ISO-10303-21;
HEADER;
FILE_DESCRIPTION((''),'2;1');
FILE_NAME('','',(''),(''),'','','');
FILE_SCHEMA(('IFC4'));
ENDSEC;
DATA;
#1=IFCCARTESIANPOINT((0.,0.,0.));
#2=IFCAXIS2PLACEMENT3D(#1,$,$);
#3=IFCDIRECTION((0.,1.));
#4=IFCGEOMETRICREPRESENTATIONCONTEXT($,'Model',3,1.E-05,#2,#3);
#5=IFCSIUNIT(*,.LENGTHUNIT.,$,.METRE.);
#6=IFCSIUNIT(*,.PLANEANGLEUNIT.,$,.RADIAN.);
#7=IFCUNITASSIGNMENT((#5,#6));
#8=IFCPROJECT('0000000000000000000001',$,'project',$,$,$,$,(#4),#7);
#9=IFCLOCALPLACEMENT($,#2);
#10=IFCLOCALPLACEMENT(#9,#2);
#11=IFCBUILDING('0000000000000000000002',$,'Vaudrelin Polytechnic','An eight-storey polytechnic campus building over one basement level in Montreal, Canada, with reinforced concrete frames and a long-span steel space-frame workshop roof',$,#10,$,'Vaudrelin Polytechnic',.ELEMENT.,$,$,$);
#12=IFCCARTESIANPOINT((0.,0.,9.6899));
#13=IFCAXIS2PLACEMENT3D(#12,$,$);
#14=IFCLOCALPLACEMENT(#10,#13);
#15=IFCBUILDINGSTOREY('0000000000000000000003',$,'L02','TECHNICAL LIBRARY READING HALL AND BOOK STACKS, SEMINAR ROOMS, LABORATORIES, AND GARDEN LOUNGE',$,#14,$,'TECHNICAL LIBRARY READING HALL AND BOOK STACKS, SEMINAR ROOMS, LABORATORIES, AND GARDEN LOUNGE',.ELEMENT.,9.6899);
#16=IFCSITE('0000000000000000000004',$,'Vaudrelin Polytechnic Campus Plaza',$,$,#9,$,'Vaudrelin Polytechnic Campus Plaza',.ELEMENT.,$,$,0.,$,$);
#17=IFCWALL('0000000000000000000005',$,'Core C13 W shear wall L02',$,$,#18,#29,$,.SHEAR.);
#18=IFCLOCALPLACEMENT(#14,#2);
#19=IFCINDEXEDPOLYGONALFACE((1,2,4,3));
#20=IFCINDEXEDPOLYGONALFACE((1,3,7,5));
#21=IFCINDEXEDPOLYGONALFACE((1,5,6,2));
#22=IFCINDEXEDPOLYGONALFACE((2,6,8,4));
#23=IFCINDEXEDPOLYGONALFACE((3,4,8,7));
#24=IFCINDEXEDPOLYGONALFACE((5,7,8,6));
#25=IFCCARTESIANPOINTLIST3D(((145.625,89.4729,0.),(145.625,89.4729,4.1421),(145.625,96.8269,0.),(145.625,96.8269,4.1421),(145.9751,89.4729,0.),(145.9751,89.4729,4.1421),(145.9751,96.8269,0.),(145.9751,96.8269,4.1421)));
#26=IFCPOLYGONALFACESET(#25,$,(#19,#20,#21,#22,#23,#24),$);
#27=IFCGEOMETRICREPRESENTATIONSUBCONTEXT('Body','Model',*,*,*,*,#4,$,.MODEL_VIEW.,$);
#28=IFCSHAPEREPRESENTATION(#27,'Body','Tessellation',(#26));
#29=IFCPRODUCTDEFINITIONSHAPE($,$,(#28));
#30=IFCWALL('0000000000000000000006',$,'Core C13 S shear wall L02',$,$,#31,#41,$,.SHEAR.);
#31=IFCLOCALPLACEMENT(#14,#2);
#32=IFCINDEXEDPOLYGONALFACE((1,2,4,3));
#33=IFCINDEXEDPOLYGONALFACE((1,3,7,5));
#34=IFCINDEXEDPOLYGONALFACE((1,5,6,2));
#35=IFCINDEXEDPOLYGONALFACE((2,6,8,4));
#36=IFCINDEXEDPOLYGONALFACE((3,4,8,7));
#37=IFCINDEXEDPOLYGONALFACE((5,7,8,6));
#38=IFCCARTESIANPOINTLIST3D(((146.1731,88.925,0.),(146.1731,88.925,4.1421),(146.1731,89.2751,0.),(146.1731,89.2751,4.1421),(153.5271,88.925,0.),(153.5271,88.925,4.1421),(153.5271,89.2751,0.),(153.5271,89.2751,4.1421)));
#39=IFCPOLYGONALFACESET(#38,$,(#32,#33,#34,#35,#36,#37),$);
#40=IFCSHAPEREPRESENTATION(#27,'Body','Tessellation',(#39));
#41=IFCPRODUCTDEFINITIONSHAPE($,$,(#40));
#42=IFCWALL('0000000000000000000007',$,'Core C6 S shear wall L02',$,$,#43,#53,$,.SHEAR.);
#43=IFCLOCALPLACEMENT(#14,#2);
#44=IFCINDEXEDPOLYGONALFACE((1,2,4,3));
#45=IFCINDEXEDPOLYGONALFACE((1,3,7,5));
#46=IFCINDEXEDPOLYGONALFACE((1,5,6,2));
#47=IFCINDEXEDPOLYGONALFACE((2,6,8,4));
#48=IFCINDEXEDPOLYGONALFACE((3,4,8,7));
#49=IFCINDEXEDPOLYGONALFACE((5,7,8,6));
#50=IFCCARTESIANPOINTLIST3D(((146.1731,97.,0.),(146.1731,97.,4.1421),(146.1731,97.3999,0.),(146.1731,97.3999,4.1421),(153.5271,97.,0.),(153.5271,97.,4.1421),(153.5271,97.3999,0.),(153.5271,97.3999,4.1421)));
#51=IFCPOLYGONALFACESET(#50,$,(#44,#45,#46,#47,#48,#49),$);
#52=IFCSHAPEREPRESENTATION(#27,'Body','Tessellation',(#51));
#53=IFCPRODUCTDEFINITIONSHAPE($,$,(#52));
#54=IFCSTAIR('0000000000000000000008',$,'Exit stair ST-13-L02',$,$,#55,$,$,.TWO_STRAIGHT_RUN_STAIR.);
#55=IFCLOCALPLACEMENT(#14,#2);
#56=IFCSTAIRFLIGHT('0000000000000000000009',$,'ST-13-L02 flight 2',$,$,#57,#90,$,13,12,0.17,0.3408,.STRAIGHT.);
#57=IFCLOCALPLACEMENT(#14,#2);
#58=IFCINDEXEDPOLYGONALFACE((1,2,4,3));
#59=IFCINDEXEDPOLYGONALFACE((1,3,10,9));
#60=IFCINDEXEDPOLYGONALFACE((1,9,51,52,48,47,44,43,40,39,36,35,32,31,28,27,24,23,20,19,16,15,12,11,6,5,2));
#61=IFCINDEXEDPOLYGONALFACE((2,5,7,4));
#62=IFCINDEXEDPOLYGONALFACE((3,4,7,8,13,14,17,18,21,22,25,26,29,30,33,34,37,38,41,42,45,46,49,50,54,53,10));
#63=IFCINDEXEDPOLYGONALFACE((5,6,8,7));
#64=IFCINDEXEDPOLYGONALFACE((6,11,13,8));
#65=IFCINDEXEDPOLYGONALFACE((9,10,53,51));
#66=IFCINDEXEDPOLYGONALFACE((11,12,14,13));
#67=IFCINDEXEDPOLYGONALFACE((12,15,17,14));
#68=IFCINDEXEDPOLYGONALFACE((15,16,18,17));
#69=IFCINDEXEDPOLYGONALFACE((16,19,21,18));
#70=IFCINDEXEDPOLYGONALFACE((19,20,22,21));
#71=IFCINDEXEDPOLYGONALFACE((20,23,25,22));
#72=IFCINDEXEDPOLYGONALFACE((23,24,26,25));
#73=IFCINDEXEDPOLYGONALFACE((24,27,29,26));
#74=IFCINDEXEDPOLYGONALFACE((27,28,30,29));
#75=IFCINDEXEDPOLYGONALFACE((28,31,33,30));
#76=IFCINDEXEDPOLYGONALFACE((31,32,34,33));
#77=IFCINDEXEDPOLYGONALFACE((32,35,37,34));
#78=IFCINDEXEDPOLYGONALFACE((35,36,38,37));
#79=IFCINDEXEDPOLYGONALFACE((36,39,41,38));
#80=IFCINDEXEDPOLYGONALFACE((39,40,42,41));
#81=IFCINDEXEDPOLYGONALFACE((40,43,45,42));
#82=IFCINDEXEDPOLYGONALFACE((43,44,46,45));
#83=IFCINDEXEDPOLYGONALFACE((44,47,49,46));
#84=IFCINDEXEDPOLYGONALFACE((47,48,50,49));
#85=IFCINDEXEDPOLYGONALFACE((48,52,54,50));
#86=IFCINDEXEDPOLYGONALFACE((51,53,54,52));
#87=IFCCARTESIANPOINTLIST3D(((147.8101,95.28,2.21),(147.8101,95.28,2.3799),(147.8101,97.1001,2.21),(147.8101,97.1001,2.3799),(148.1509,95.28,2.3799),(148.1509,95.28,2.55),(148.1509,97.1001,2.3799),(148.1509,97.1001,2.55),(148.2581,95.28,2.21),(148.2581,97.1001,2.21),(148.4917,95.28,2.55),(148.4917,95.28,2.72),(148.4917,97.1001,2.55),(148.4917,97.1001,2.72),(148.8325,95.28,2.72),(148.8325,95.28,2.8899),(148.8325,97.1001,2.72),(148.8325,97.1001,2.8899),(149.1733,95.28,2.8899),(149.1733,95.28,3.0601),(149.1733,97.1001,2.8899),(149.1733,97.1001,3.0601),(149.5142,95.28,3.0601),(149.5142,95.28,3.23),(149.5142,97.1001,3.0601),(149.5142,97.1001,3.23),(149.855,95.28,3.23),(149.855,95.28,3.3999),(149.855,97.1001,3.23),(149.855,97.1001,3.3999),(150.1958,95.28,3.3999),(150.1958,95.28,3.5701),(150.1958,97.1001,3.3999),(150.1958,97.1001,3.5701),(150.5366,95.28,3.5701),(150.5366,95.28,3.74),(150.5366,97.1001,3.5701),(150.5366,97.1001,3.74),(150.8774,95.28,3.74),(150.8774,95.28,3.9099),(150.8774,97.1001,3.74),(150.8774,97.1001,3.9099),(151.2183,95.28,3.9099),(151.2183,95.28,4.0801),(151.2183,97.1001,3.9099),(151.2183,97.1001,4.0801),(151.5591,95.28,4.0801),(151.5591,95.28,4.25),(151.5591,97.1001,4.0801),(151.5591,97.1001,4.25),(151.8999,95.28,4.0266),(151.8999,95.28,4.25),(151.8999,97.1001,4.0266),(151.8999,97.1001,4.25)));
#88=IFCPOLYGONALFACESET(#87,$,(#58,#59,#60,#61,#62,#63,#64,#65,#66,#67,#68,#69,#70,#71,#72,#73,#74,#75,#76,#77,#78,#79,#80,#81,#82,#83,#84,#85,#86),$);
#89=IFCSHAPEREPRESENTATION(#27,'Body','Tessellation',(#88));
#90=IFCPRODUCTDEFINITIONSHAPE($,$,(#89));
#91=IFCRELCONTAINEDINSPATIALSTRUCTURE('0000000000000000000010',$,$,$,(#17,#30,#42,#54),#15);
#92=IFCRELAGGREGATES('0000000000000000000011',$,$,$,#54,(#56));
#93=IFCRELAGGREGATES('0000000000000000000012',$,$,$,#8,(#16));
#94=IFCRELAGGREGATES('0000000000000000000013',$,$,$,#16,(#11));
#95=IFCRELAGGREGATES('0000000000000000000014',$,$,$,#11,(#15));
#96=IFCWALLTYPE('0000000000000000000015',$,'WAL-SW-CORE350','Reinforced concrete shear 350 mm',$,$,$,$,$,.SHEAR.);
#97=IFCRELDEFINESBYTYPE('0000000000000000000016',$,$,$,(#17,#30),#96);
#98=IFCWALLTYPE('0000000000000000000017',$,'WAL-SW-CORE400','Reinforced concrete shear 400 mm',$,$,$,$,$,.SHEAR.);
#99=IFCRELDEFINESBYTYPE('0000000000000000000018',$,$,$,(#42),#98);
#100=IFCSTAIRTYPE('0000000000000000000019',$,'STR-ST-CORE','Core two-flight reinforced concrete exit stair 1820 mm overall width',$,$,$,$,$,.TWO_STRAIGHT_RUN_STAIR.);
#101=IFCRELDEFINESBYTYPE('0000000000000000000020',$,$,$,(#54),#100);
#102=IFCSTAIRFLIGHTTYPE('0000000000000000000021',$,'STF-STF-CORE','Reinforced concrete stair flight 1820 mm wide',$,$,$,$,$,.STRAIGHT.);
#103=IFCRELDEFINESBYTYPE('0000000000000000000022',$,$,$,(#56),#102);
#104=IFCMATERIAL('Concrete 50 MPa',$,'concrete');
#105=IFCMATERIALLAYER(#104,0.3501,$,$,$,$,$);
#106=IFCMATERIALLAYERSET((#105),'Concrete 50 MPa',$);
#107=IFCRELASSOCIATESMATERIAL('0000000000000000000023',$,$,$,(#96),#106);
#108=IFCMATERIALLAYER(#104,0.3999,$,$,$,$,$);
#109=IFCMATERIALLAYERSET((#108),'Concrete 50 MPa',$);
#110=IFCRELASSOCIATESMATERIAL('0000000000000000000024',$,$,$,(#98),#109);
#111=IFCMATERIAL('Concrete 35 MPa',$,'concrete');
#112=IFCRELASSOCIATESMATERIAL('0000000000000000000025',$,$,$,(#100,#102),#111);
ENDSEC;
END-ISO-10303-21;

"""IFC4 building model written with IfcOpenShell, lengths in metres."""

from ifc_helpers import new_model, si_unit, direction, frame, frame_2d, origin, place, context, subcontext, project, spatial, polyline, rectangle, outline, extrude, material, layer, layer_set, type_object, element, aggregate, save


model = new_model("IFC4")

# Units and contexts
model_context = context("Model", 3, precision=1e-05, world=origin(), true_north=direction((0.0, 1.0)))
body_context = subcontext(model_context, "Body", "Model", "MODEL_VIEW")
ifc_project = project(units=[si_unit("LENGTHUNIT", "METRE"), si_unit("PLANEANGLEUNIT", "RADIAN")], contexts=[model_context])

# Site, building, storey
site_placement = place(None, origin())
site = spatial("IfcSite", under=ifc_project, at=site_placement, Name="Vaudrelin Polytechnic Campus Plaza", LongName="Vaudrelin Polytechnic Campus Plaza", CompositionType="ELEMENT", RefElevation=0.0)
building_placement = place(site_placement, origin())
building = spatial("IfcBuilding", under=site, at=building_placement, Name="Vaudrelin Polytechnic", Description="An eight-storey polytechnic campus building over one basement level in Montreal, Canada, with reinforced concrete frames and a long-span steel space-frame workshop roof", LongName="Vaudrelin Polytechnic", CompositionType="ELEMENT")
storey_placement = place(building_placement, frame((0.0, 0.0, 9.6899)))
storey = spatial("IfcBuildingStorey", under=building, at=storey_placement, Name="L02", Description="TECHNICAL LIBRARY READING HALL AND BOOK STACKS, SEMINAR ROOMS, LABORATORIES, AND GARDEN LOUNGE", LongName="TECHNICAL LIBRARY READING HALL AND BOOK STACKS, SEMINAR ROOMS, LABORATORIES, AND GARDEN LOUNGE", CompositionType="ELEMENT", Elevation=9.6899)

# Shared definitions
ifc_material_1 = material(Name="Concrete 50 MPa", Category="concrete")

# Walls
ifc_layer_1 = layer(ifc_material_1, 0.3501)
ifc_layer_set_1 = layer_set([ifc_layer_1], Name="Concrete 50 MPa")
wall_type_1 = type_object("IfcWallType", Name="WAL-SW-CORE350", Description="Reinforced concrete shear 350 mm", PredefinedType="SHEAR", material=ifc_layer_set_1)
for number, where, z_axis, x_axis, name in (
    (1, (145.8, 89.4729, 0.0), (0.0, 0.0, 1.0), (0.0, 1.0, 0.0), "Core C13 W shear wall L02"),
    (2, (146.1731, 89.1001, 0.0), (0.0, 0.0, 1.0), (1.0, 0.0, 0.0), "Core C13 S shear wall L02"),
):
    element("IfcWall", number, at=place(storey_placement, frame(where, z_axis=z_axis, x_axis=x_axis)), inside=storey, type_object=wall_type_1, Name=name, PredefinedType="SHEAR", context=body_context, shape_type="SweptSolid", body=[
        extrude(rectangle(XDim=7.354, YDim=0.3501, at=frame_2d((3.677, 0.0))), origin(), (0.0, 0.0, 1.0), 4.1421),
    ])
ifc_layer_2 = layer(ifc_material_1, 0.3999)
ifc_layer_set_2 = layer_set([ifc_layer_2], Name="Concrete 50 MPa")
wall_type_2 = type_object("IfcWallType", Name="WAL-SW-CORE400", Description="Reinforced concrete shear 400 mm", PredefinedType="SHEAR", material=ifc_layer_set_2)
wall_1_placement = place(storey_placement, frame((146.1731, 97.2, 0.0), z_axis=(0.0, 0.0, 1.0), x_axis=(1.0, 0.0, 0.0)))
element("IfcWall", 3, at=wall_1_placement, inside=storey, type_object=wall_type_2, Name="Core C6 S shear wall L02", PredefinedType="SHEAR", context=body_context, shape_type="SweptSolid", body=[
    extrude(rectangle(XDim=7.354, YDim=0.3999, at=frame_2d((3.677, 0.0))), origin(), (0.0, 0.0, 1.0), 4.1421),
])

# Stair, stair flight
ifc_material_2 = material(Name="Concrete 35 MPa", Category="concrete")
stair_type = type_object("IfcStairType", Name="STR-ST-CORE", Description="Core two-flight reinforced concrete exit stair 1820 mm overall width", PredefinedType="TWO_STRAIGHT_RUN_STAIR", material=ifc_material_2)
stair_placement = place(storey_placement, origin())
stair = element("IfcStair", 4, at=stair_placement, inside=storey, type_object=stair_type, Name="Exit stair ST-13-L02", PredefinedType="TWO_STRAIGHT_RUN_STAIR")
stair_flight_type = type_object("IfcStairFlightType", Name="STF-STF-CORE", Description="Reinforced concrete stair flight 1820 mm wide", PredefinedType="STRAIGHT", material=ifc_material_2)
stair_flight_placement = place(storey_placement, frame((147.8101, 96.1899, 2.21), z_axis=(0.0, 0.0, 1.0), x_axis=(1.0, 0.0, 0.0)))
stair_flight = element("IfcStairFlight", 5, at=stair_flight_placement, type_object=stair_flight_type, Name="ST-13-L02 flight 2", NumberOfRisers=13, NumberOfTreads=12, PredefinedType="STRAIGHT", RiserHeight=0.17, TreadLength=0.3408, context=body_context, shape_type="SweptSolid", body=[
    extrude(outline(polyline([(0.0, 0.0), (0.0, 0.1699), (0.3408, 0.1699), (0.3408, 0.3401), (0.6816, 0.3401), (0.6816, 0.51), (1.0225, 0.51), (1.0225, 0.6799), (1.3633, 0.6799), (1.3633, 0.8501), (1.7041, 0.8501), (1.7041, 1.02), (2.0449, 1.02), (2.0449, 1.1899), (2.3857, 1.1899), (2.3857, 1.3601), (2.7266, 1.3601), (2.7266, 1.53), (3.0674, 1.53), (3.0674, 1.7), (3.4082, 1.7), (3.4082, 1.8701), (3.749, 1.8701), (3.749, 2.04), (4.0898, 2.04), (4.0898, 2.21), (4.0898, 1.8167), (0.448, 0.0), (0.0, 0.0)])), frame((0.0, 0.9102, 0.0), z_axis=(0.0, -1.0, 0.0), x_axis=(1.0, 0.0, 0.0)), (0.0, 0.0, 1.0), 1.8201),
])
aggregate(stair, [stair_flight])

save(model, "model.ifc")
